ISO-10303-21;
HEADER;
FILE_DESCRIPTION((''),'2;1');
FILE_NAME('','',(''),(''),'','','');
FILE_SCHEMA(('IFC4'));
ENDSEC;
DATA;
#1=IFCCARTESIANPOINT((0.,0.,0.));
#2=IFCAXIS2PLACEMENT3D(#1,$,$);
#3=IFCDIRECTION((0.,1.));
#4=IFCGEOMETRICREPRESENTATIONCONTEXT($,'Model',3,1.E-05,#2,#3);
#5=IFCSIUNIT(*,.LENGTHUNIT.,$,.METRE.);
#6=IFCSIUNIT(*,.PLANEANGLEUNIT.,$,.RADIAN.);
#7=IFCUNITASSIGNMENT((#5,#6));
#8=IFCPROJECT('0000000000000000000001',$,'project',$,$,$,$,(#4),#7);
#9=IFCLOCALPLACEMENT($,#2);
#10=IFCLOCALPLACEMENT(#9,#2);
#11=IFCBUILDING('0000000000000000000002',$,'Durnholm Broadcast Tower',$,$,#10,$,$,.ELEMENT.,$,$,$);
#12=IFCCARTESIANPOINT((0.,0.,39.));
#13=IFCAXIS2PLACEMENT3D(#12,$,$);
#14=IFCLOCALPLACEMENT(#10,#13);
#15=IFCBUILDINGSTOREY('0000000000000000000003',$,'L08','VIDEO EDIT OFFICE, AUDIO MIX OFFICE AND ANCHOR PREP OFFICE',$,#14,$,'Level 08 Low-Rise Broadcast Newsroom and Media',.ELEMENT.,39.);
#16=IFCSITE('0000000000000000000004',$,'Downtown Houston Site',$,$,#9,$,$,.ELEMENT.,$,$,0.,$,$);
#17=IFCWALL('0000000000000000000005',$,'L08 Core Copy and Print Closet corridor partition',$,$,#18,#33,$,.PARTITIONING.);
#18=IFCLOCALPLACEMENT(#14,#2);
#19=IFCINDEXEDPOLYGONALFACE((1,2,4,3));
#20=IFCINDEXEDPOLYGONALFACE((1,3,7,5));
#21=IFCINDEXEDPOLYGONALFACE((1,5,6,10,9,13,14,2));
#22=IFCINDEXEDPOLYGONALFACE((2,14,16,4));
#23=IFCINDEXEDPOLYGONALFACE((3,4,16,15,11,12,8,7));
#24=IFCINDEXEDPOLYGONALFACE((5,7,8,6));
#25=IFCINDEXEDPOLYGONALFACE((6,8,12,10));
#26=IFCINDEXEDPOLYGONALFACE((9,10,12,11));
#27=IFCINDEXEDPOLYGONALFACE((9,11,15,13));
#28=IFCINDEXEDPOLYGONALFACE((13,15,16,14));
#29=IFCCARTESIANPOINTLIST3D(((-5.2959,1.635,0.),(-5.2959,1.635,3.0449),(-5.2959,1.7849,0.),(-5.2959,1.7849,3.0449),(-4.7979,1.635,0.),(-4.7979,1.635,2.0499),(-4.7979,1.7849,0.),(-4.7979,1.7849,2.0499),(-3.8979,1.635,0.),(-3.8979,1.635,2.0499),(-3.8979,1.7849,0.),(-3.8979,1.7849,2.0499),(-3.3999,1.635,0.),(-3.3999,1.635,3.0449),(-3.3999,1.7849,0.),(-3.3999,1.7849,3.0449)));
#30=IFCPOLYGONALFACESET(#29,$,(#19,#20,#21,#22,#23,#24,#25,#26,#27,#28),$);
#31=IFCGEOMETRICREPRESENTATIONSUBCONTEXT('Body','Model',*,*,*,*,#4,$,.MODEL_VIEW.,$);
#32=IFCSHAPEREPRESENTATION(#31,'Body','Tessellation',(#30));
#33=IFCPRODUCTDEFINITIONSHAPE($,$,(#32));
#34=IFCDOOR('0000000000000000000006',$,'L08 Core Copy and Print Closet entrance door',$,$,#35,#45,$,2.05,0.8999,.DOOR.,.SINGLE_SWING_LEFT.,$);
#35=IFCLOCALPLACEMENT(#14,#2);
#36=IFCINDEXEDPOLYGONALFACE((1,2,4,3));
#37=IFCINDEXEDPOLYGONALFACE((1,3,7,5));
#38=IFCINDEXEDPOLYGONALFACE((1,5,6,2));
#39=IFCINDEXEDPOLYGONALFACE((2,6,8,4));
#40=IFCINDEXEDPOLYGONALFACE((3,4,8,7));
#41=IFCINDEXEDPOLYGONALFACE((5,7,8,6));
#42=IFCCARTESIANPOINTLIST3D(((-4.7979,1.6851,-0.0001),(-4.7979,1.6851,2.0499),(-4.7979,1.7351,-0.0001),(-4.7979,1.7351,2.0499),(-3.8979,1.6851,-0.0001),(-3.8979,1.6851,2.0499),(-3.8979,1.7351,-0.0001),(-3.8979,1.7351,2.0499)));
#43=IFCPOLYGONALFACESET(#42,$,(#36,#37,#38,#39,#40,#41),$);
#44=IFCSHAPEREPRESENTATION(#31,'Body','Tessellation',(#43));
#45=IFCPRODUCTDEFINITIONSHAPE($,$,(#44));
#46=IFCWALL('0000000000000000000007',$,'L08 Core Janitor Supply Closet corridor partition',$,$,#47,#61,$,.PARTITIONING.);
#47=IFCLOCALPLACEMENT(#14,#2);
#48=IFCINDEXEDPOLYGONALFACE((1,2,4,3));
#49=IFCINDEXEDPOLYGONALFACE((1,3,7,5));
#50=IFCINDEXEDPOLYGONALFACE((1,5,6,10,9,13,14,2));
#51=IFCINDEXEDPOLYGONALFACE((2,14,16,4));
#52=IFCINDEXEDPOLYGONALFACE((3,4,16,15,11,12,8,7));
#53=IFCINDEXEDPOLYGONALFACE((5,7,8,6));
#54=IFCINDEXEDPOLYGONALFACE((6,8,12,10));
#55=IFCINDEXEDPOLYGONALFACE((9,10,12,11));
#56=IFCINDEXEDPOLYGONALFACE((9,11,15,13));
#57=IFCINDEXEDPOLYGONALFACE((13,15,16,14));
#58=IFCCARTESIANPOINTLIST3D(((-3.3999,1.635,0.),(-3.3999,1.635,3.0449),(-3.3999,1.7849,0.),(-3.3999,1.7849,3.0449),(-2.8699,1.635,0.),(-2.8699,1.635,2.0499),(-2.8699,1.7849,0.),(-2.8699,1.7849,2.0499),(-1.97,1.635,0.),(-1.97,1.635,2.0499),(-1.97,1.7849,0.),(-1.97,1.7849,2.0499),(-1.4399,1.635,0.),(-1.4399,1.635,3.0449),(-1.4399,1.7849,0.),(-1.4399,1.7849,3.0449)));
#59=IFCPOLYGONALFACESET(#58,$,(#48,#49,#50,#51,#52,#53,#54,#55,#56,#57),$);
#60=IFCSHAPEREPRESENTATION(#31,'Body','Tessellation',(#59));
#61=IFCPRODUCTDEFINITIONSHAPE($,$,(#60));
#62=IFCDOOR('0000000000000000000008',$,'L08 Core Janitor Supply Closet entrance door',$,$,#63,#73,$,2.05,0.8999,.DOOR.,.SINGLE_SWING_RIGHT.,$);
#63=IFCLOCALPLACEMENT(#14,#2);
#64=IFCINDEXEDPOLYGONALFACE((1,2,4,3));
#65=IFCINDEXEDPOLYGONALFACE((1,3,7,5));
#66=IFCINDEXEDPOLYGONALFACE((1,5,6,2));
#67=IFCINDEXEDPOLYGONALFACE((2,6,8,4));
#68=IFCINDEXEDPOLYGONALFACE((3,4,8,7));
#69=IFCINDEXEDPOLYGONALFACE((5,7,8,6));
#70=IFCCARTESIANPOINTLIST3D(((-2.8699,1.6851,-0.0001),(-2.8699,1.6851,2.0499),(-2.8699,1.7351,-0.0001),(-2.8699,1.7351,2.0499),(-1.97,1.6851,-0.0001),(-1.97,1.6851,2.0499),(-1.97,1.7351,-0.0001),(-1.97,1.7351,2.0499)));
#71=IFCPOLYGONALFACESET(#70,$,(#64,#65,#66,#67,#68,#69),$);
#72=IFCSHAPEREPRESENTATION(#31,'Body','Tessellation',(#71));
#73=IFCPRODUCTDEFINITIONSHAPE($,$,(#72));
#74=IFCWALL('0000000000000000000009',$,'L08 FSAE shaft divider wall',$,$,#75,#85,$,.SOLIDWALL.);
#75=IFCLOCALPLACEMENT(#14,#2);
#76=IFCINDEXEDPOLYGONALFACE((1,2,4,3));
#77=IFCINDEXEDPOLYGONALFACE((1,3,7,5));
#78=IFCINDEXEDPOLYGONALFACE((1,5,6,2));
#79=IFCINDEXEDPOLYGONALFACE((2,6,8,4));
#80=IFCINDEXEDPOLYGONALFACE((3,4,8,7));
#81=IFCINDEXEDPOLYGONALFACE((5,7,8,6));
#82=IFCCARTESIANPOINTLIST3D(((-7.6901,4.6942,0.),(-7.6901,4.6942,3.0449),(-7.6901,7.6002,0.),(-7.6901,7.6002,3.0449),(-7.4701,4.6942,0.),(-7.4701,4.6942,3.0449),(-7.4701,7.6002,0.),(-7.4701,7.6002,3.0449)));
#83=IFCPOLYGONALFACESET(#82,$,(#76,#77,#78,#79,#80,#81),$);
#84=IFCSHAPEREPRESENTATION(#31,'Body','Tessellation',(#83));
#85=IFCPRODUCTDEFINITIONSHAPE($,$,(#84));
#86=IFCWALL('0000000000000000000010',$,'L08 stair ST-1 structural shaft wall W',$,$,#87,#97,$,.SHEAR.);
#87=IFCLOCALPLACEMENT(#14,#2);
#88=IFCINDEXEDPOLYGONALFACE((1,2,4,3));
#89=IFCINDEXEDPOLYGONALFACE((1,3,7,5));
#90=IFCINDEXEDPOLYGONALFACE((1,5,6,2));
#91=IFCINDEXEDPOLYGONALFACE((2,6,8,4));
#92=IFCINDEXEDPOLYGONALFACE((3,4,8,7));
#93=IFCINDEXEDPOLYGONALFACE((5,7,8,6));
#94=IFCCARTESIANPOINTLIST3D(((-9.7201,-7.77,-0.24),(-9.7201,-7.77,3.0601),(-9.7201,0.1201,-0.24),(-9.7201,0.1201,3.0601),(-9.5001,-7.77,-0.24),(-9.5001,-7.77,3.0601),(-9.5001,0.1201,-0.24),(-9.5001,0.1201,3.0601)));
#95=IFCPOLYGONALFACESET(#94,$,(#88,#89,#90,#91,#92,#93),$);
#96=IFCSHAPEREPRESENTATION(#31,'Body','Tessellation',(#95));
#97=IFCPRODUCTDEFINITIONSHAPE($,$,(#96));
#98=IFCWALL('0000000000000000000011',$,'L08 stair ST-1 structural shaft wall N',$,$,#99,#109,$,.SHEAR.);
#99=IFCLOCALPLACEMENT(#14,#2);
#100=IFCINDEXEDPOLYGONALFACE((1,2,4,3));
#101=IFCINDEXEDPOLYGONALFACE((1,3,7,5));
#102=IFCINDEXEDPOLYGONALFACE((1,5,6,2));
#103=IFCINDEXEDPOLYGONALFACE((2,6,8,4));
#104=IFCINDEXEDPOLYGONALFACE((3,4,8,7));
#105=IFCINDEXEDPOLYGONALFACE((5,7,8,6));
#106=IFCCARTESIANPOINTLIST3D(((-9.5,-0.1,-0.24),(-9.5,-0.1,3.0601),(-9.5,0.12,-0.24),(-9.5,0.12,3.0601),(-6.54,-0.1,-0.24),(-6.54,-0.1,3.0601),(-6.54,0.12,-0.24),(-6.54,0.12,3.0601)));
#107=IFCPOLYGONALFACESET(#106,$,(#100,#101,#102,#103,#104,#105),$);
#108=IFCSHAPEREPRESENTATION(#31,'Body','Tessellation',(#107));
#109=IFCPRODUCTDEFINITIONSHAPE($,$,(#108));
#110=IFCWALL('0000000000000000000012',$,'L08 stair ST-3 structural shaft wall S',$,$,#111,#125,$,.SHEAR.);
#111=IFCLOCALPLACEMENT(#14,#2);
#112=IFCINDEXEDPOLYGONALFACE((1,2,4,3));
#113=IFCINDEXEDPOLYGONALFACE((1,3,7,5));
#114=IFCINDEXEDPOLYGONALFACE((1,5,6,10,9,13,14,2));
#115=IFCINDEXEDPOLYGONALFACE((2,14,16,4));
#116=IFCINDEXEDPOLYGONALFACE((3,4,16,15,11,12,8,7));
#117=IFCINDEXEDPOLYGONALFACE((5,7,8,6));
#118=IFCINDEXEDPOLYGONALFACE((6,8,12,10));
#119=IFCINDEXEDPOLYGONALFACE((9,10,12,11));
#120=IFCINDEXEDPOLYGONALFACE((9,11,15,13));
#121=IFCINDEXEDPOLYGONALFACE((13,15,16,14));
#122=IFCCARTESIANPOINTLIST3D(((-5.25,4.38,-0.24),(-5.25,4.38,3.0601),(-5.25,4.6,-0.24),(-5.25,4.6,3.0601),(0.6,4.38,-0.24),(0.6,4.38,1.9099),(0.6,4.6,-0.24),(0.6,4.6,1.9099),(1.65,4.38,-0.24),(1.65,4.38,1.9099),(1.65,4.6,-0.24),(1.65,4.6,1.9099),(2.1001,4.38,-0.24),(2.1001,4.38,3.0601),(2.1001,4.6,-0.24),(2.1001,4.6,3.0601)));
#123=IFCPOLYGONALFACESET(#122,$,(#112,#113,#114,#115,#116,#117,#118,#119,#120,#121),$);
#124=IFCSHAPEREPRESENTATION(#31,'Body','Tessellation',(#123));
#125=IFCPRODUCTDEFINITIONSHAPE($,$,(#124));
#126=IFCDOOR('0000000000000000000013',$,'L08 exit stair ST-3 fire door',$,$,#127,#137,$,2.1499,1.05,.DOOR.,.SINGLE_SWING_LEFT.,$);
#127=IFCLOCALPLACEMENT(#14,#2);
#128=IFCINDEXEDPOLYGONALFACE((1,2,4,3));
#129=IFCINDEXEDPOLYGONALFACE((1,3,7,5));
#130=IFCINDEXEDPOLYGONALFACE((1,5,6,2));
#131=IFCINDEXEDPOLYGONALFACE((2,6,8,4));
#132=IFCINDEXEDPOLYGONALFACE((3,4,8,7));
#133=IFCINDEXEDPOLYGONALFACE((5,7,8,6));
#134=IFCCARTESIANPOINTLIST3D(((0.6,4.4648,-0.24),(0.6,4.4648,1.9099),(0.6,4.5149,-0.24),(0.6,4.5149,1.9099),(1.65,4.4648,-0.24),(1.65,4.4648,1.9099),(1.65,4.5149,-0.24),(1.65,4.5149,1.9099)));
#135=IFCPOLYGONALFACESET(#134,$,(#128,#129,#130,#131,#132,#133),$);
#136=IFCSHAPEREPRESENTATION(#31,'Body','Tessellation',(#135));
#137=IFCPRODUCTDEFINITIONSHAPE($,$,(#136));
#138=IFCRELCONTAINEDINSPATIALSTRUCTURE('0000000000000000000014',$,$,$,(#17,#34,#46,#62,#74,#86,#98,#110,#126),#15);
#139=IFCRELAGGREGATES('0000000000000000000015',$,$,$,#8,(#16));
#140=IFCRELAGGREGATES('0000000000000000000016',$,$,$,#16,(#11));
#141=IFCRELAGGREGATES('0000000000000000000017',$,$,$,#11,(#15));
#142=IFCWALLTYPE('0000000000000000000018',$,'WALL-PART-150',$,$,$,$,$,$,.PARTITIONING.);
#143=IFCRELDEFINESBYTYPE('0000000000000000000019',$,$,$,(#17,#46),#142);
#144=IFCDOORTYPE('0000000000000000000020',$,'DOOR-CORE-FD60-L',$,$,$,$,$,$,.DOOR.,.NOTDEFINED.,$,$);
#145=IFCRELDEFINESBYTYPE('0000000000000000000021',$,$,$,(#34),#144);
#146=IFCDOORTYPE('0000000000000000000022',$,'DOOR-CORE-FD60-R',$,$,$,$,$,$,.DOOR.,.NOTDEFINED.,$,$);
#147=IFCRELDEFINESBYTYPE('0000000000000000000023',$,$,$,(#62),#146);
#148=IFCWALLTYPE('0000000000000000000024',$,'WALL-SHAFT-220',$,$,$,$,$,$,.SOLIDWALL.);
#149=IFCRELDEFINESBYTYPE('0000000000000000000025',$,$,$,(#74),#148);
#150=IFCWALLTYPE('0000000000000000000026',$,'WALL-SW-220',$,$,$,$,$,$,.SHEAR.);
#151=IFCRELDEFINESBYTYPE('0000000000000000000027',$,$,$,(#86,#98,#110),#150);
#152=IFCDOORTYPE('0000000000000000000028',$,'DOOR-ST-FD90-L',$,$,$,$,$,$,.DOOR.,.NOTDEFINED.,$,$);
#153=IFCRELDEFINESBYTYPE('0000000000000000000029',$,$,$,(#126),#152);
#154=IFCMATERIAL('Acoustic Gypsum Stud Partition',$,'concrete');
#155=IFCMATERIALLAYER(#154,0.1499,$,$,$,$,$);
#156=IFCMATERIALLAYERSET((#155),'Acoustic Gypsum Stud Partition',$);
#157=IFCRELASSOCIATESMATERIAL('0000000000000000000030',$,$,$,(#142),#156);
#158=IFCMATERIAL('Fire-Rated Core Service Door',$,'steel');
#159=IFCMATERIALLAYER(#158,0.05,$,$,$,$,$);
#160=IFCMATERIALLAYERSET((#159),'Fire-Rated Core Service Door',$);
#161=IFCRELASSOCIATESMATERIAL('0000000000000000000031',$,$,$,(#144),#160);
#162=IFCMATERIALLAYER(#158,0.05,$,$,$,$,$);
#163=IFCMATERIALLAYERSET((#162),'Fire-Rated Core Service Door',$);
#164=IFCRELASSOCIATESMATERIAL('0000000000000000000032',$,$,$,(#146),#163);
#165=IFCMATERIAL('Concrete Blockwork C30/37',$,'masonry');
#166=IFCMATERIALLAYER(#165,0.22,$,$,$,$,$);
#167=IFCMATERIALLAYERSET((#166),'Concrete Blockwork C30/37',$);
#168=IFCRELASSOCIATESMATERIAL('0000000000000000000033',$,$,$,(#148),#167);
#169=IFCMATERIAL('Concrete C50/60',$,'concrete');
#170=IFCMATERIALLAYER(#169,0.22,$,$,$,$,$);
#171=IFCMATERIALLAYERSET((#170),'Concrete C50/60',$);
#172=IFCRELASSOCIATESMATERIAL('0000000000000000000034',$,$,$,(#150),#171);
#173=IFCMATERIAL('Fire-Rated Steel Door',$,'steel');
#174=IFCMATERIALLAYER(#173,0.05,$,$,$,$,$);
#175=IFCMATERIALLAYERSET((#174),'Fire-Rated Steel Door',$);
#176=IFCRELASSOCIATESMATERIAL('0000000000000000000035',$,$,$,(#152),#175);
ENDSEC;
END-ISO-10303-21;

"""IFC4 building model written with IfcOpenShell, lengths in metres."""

from ifc_helpers import new_model, si_unit, direction, frame, frame_2d, origin, place, context, subcontext, project, spatial, rectangle, extrude, source, transform, mapped, material, layer, layer_set, type_object, type_shapes, element, fill, save


model = new_model("IFC4")

# Units and contexts
model_context = context("Model", 3, precision=1e-05, world=origin(), true_north=direction((0.0, 1.0)))
body_context = subcontext(model_context, "Body", "Model", "MODEL_VIEW")
ifc_project = project(units=[si_unit("LENGTHUNIT", "METRE"), si_unit("PLANEANGLEUNIT", "RADIAN")], contexts=[model_context])

# Site, building, storey
site_placement = place(None, origin())
site = spatial("IfcSite", under=ifc_project, at=site_placement, Name="Downtown Houston Site", CompositionType="ELEMENT", RefElevation=0.0)
building_placement = place(site_placement, origin())
building = spatial("IfcBuilding", under=site, at=building_placement, Name="Durnholm Broadcast Tower", CompositionType="ELEMENT")
storey_placement = place(building_placement, frame((0.0, 0.0, 39.0)))
storey = spatial("IfcBuildingStorey", under=building, at=storey_placement, Name="L08", Description="VIDEO EDIT OFFICE, AUDIO MIX OFFICE AND ANCHOR PREP OFFICE", LongName="Level 08 Low-Rise Broadcast Newsroom and Media", CompositionType="ELEMENT", Elevation=39.0)

# Shared definitions
ifc_material_1 = material(Name="Concrete C50/60", Category="concrete")

# Walls, openings, doors
ifc_material_2 = material(Name="Acoustic Gypsum Stud Partition", Category="concrete")
ifc_layer_1 = layer(ifc_material_2, 0.1499)
ifc_layer_set_1 = layer_set([ifc_layer_1], Name="Acoustic Gypsum Stud Partition")
wall_type_1 = type_object("IfcWallType", Name="WALL-PART-150", PredefinedType="PARTITIONING", material=ifc_layer_set_1)
wall_1_placement = place(storey_placement, frame((-3.3999, 1.71, 0.0), z_axis=(0.0, 0.0, 1.0), x_axis=(-1.0, 0.0, 0.0)))
wall_1 = element("IfcWall", 1, at=wall_1_placement, inside=storey, type_object=wall_type_1, Name="L08 Core Copy and Print Closet corridor partition", PredefinedType="PARTITIONING", context=body_context, shape_type="SweptSolid", body=[
    extrude(rectangle(XDim=1.896, YDim=0.1499, at=frame_2d((0.948, 0.0))), origin(), (0.0, 0.0, 1.0), 3.0449),
])
opening_1_placement = place(wall_1_placement, frame((0.498, 0.0, 0.0)))
opening_1 = element("IfcOpeningElement", 2, at=opening_1_placement, cuts=wall_1, PredefinedType="OPENING", context=body_context, shape_type="SweptSolid", body=[
    extrude(rectangle(XDim=0.8999, YDim=2.05, at=frame_2d((0.45, 1.0249))), frame((0.0, 0.085, 0.0), z_axis=(0.0, -1.0, 0.0), x_axis=(1.0, 0.0, 0.0)), (0.0, 0.0, 1.0), 0.1699),
])
ifc_material_3 = material(Name="Fire-Rated Core Service Door", Category="steel")
ifc_layer_2 = layer(ifc_material_3, 0.05)
ifc_layer_set_2 = layer_set([ifc_layer_2], Name="Fire-Rated Core Service Door")
door_type_1 = type_object("IfcDoorType", Name="DOOR-CORE-FD60-L", OperationType="NOTDEFINED", PredefinedType="DOOR", material=ifc_layer_set_2)
shared_shape_1 = source(origin(), body_context, "Body", "SweptSolid", [
    extrude(rectangle(XDim=0.8999, YDim=2.05, at=frame_2d((0.45, 1.0249))), frame((0.0, 0.0249, 0.0), z_axis=(0.0, -1.0, 0.0), x_axis=(1.0, 0.0, 0.0)), (0.0, 0.0, 1.0), 0.05),
])
type_shapes(door_type_1, [shared_shape_1])
door_1_placement = place(opening_1_placement, origin())
door_1 = element("IfcDoor", 3, at=door_1_placement, inside=storey, type_object=door_type_1, Name="L08 Core Copy and Print Closet entrance door", OperationType="SINGLE_SWING_LEFT", OverallHeight=2.05, OverallWidth=0.8999, PredefinedType="DOOR", context=body_context, shape_type="MappedRepresentation", body=[
    mapped(shared_shape_1, transform((0.0, 0.0, 0.0), x_axis=(1.0, 0.0, 0.0), y_axis=(0.0, 1.0, 0.0), z_axis=(0.0, 0.0, 1.0), scale=1.0)),
])
fill(opening_1, door_1)
wall_2_placement = place(storey_placement, frame((-1.4399, 1.71, 0.0), z_axis=(0.0, 0.0, 1.0), x_axis=(-1.0, 0.0, 0.0)))
wall_2 = element("IfcWall", 4, at=wall_2_placement, inside=storey, type_object=wall_type_1, Name="L08 Core Janitor Supply Closet corridor partition", PredefinedType="PARTITIONING", context=body_context, shape_type="SweptSolid", body=[
    extrude(rectangle(XDim=1.96, YDim=0.1499, at=frame_2d((0.98, 0.0))), origin(), (0.0, 0.0, 1.0), 3.0449),
])
opening_2_placement = place(wall_2_placement, frame((0.53, 0.0, 0.0)))
opening_2 = element("IfcOpeningElement", 5, at=opening_2_placement, cuts=wall_2, PredefinedType="OPENING", context=body_context, shape_type="SweptSolid", body=[
    extrude(rectangle(XDim=0.8999, YDim=2.05, at=frame_2d((0.45, 1.0249))), frame((0.0, 0.085, 0.0), z_axis=(0.0, -1.0, 0.0), x_axis=(1.0, 0.0, 0.0)), (0.0, 0.0, 1.0), 0.1699),
])
ifc_layer_3 = layer(ifc_material_3, 0.05)
ifc_layer_set_3 = layer_set([ifc_layer_3], Name="Fire-Rated Core Service Door")
door_type_2 = type_object("IfcDoorType", Name="DOOR-CORE-FD60-R", OperationType="NOTDEFINED", PredefinedType="DOOR", material=ifc_layer_set_3)
shared_shape_2 = source(origin(), body_context, "Body", "SweptSolid", [
    extrude(rectangle(XDim=0.8999, YDim=2.05, at=frame_2d((0.45, 1.0249))), frame((0.0, 0.0249, 0.0), z_axis=(0.0, -1.0, 0.0), x_axis=(1.0, 0.0, 0.0)), (0.0, 0.0, 1.0), 0.05),
])
type_shapes(door_type_2, [shared_shape_2])
door_2_placement = place(opening_2_placement, origin())
door_2 = element("IfcDoor", 6, at=door_2_placement, inside=storey, type_object=door_type_2, Name="L08 Core Janitor Supply Closet entrance door", OperationType="SINGLE_SWING_RIGHT", OverallHeight=2.05, OverallWidth=0.8999, PredefinedType="DOOR", context=body_context, shape_type="MappedRepresentation", body=[
    mapped(shared_shape_2, transform((0.0, 0.0, 0.0), x_axis=(1.0, 0.0, 0.0), y_axis=(0.0, 1.0, 0.0), z_axis=(0.0, 0.0, 1.0), scale=1.0)),
])
fill(opening_2, door_2)

# Shared definitions
ifc_material_4 = material(Name="Concrete Blockwork C30/37", Category="masonry")
ifc_layer_4 = layer(ifc_material_4, 0.22)
ifc_layer_set_4 = layer_set([ifc_layer_4], Name="Concrete Blockwork C30/37")
wall_type_2 = type_object("IfcWallType", Name="WALL-SHAFT-220", PredefinedType="SOLIDWALL", material=ifc_layer_set_4)

# Walls
wall_3_placement = place(storey_placement, frame((-7.5801, 4.6941, 0.0), z_axis=(0.0, 0.0, 1.0), x_axis=(0.0, 1.0, 0.0)))
element("IfcWall", 7, at=wall_3_placement, inside=storey, type_object=wall_type_2, Name="L08 FSAE shaft divider wall", PredefinedType="SOLIDWALL", context=body_context, shape_type="SweptSolid", body=[
    extrude(rectangle(XDim=2.906, YDim=0.22, at=frame_2d((1.4531, 0.0))), origin(), (0.0, 0.0, 1.0), 3.0449),
])
ifc_layer_5 = layer(ifc_material_1, 0.22)
ifc_layer_set_5 = layer_set([ifc_layer_5], Name="Concrete C50/60")
wall_type_3 = type_object("IfcWallType", Name="WALL-SW-220", PredefinedType="SHEAR", material=ifc_layer_set_5)
wall_4_placement = place(storey_placement, frame((-9.6101, 0.1201, -0.24), z_axis=(0.0, 0.0, 1.0), x_axis=(0.0, -1.0, 0.0)))
element("IfcWall", 8, at=wall_4_placement, inside=storey, type_object=wall_type_3, Name="L08 stair ST-1 structural shaft wall W", PredefinedType="SHEAR", context=body_context, shape_type="SweptSolid", body=[
    extrude(rectangle(XDim=7.8901, YDim=0.22, at=frame_2d((3.9451, 0.0))), origin(), (0.0, 0.0, 1.0), 3.3),
])
wall_5_placement = place(storey_placement, frame((-6.54, 0.01, -0.24), z_axis=(0.0, 0.0, 1.0), x_axis=(-1.0, 0.0, 0.0)))
element("IfcWall", 9, at=wall_5_placement, inside=storey, type_object=wall_type_3, Name="L08 stair ST-1 structural shaft wall N", PredefinedType="SHEAR", context=body_context, shape_type="SweptSolid", body=[
    extrude(rectangle(XDim=2.96, YDim=0.22, at=frame_2d((1.48, 0.0))), origin(), (0.0, 0.0, 1.0), 3.3),
])

# Wall, opening, door
wall_6_placement = place(storey_placement, frame((-5.25, 4.49, -0.24), z_axis=(0.0, 0.0, 1.0), x_axis=(1.0, 0.0, 0.0)))
wall_6 = element("IfcWall", 10, at=wall_6_placement, inside=storey, type_object=wall_type_3, Name="L08 stair ST-3 structural shaft wall S", PredefinedType="SHEAR", context=body_context, shape_type="SweptSolid", body=[
    extrude(rectangle(XDim=7.3501, YDim=0.22, at=frame_2d((3.675, 0.0))), origin(), (0.0, 0.0, 1.0), 3.3),
])
opening_3_placement = place(wall_6_placement, frame((5.8501, 0.0, 0.0)))
opening_3 = element("IfcOpeningElement", 11, at=opening_3_placement, cuts=wall_6, PredefinedType="OPENING", context=body_context, shape_type="SweptSolid", body=[
    extrude(rectangle(XDim=1.05, YDim=2.1499, at=frame_2d((0.5249, 1.075))), frame((0.0, 0.1201, 0.0), z_axis=(0.0, -1.0, 0.0), x_axis=(1.0, 0.0, 0.0)), (0.0, 0.0, 1.0), 0.24),
])
ifc_material_5 = material(Name="Fire-Rated Steel Door", Category="steel")
ifc_layer_6 = layer(ifc_material_5, 0.05)
ifc_layer_set_6 = layer_set([ifc_layer_6], Name="Fire-Rated Steel Door")
door_type_3 = type_object("IfcDoorType", Name="DOOR-ST-FD90-L", OperationType="NOTDEFINED", PredefinedType="DOOR", material=ifc_layer_set_6)
shared_shape_3 = source(origin(), body_context, "Body", "SweptSolid", [
    extrude(rectangle(XDim=1.05, YDim=2.1499, at=frame_2d((0.5249, 1.075))), frame((0.0, 0.0249, 0.0), z_axis=(0.0, -1.0, 0.0), x_axis=(1.0, 0.0, 0.0)), (0.0, 0.0, 1.0), 0.05),
])
type_shapes(door_type_3, [shared_shape_3])
door_3_placement = place(opening_3_placement, origin())
door_3 = element("IfcDoor", 12, at=door_3_placement, inside=storey, type_object=door_type_3, Name="L08 exit stair ST-3 fire door", OperationType="SINGLE_SWING_LEFT", OverallHeight=2.1499, OverallWidth=1.05, PredefinedType="DOOR", context=body_context, shape_type="MappedRepresentation", body=[
    mapped(shared_shape_3, transform((0.0, 0.0, 0.0), x_axis=(1.0, 0.0, 0.0), y_axis=(0.0, 1.0, 0.0), z_axis=(0.0, 0.0, 1.0), scale=1.0)),
])
fill(opening_3, door_3)

save(model, "model.ifc")
